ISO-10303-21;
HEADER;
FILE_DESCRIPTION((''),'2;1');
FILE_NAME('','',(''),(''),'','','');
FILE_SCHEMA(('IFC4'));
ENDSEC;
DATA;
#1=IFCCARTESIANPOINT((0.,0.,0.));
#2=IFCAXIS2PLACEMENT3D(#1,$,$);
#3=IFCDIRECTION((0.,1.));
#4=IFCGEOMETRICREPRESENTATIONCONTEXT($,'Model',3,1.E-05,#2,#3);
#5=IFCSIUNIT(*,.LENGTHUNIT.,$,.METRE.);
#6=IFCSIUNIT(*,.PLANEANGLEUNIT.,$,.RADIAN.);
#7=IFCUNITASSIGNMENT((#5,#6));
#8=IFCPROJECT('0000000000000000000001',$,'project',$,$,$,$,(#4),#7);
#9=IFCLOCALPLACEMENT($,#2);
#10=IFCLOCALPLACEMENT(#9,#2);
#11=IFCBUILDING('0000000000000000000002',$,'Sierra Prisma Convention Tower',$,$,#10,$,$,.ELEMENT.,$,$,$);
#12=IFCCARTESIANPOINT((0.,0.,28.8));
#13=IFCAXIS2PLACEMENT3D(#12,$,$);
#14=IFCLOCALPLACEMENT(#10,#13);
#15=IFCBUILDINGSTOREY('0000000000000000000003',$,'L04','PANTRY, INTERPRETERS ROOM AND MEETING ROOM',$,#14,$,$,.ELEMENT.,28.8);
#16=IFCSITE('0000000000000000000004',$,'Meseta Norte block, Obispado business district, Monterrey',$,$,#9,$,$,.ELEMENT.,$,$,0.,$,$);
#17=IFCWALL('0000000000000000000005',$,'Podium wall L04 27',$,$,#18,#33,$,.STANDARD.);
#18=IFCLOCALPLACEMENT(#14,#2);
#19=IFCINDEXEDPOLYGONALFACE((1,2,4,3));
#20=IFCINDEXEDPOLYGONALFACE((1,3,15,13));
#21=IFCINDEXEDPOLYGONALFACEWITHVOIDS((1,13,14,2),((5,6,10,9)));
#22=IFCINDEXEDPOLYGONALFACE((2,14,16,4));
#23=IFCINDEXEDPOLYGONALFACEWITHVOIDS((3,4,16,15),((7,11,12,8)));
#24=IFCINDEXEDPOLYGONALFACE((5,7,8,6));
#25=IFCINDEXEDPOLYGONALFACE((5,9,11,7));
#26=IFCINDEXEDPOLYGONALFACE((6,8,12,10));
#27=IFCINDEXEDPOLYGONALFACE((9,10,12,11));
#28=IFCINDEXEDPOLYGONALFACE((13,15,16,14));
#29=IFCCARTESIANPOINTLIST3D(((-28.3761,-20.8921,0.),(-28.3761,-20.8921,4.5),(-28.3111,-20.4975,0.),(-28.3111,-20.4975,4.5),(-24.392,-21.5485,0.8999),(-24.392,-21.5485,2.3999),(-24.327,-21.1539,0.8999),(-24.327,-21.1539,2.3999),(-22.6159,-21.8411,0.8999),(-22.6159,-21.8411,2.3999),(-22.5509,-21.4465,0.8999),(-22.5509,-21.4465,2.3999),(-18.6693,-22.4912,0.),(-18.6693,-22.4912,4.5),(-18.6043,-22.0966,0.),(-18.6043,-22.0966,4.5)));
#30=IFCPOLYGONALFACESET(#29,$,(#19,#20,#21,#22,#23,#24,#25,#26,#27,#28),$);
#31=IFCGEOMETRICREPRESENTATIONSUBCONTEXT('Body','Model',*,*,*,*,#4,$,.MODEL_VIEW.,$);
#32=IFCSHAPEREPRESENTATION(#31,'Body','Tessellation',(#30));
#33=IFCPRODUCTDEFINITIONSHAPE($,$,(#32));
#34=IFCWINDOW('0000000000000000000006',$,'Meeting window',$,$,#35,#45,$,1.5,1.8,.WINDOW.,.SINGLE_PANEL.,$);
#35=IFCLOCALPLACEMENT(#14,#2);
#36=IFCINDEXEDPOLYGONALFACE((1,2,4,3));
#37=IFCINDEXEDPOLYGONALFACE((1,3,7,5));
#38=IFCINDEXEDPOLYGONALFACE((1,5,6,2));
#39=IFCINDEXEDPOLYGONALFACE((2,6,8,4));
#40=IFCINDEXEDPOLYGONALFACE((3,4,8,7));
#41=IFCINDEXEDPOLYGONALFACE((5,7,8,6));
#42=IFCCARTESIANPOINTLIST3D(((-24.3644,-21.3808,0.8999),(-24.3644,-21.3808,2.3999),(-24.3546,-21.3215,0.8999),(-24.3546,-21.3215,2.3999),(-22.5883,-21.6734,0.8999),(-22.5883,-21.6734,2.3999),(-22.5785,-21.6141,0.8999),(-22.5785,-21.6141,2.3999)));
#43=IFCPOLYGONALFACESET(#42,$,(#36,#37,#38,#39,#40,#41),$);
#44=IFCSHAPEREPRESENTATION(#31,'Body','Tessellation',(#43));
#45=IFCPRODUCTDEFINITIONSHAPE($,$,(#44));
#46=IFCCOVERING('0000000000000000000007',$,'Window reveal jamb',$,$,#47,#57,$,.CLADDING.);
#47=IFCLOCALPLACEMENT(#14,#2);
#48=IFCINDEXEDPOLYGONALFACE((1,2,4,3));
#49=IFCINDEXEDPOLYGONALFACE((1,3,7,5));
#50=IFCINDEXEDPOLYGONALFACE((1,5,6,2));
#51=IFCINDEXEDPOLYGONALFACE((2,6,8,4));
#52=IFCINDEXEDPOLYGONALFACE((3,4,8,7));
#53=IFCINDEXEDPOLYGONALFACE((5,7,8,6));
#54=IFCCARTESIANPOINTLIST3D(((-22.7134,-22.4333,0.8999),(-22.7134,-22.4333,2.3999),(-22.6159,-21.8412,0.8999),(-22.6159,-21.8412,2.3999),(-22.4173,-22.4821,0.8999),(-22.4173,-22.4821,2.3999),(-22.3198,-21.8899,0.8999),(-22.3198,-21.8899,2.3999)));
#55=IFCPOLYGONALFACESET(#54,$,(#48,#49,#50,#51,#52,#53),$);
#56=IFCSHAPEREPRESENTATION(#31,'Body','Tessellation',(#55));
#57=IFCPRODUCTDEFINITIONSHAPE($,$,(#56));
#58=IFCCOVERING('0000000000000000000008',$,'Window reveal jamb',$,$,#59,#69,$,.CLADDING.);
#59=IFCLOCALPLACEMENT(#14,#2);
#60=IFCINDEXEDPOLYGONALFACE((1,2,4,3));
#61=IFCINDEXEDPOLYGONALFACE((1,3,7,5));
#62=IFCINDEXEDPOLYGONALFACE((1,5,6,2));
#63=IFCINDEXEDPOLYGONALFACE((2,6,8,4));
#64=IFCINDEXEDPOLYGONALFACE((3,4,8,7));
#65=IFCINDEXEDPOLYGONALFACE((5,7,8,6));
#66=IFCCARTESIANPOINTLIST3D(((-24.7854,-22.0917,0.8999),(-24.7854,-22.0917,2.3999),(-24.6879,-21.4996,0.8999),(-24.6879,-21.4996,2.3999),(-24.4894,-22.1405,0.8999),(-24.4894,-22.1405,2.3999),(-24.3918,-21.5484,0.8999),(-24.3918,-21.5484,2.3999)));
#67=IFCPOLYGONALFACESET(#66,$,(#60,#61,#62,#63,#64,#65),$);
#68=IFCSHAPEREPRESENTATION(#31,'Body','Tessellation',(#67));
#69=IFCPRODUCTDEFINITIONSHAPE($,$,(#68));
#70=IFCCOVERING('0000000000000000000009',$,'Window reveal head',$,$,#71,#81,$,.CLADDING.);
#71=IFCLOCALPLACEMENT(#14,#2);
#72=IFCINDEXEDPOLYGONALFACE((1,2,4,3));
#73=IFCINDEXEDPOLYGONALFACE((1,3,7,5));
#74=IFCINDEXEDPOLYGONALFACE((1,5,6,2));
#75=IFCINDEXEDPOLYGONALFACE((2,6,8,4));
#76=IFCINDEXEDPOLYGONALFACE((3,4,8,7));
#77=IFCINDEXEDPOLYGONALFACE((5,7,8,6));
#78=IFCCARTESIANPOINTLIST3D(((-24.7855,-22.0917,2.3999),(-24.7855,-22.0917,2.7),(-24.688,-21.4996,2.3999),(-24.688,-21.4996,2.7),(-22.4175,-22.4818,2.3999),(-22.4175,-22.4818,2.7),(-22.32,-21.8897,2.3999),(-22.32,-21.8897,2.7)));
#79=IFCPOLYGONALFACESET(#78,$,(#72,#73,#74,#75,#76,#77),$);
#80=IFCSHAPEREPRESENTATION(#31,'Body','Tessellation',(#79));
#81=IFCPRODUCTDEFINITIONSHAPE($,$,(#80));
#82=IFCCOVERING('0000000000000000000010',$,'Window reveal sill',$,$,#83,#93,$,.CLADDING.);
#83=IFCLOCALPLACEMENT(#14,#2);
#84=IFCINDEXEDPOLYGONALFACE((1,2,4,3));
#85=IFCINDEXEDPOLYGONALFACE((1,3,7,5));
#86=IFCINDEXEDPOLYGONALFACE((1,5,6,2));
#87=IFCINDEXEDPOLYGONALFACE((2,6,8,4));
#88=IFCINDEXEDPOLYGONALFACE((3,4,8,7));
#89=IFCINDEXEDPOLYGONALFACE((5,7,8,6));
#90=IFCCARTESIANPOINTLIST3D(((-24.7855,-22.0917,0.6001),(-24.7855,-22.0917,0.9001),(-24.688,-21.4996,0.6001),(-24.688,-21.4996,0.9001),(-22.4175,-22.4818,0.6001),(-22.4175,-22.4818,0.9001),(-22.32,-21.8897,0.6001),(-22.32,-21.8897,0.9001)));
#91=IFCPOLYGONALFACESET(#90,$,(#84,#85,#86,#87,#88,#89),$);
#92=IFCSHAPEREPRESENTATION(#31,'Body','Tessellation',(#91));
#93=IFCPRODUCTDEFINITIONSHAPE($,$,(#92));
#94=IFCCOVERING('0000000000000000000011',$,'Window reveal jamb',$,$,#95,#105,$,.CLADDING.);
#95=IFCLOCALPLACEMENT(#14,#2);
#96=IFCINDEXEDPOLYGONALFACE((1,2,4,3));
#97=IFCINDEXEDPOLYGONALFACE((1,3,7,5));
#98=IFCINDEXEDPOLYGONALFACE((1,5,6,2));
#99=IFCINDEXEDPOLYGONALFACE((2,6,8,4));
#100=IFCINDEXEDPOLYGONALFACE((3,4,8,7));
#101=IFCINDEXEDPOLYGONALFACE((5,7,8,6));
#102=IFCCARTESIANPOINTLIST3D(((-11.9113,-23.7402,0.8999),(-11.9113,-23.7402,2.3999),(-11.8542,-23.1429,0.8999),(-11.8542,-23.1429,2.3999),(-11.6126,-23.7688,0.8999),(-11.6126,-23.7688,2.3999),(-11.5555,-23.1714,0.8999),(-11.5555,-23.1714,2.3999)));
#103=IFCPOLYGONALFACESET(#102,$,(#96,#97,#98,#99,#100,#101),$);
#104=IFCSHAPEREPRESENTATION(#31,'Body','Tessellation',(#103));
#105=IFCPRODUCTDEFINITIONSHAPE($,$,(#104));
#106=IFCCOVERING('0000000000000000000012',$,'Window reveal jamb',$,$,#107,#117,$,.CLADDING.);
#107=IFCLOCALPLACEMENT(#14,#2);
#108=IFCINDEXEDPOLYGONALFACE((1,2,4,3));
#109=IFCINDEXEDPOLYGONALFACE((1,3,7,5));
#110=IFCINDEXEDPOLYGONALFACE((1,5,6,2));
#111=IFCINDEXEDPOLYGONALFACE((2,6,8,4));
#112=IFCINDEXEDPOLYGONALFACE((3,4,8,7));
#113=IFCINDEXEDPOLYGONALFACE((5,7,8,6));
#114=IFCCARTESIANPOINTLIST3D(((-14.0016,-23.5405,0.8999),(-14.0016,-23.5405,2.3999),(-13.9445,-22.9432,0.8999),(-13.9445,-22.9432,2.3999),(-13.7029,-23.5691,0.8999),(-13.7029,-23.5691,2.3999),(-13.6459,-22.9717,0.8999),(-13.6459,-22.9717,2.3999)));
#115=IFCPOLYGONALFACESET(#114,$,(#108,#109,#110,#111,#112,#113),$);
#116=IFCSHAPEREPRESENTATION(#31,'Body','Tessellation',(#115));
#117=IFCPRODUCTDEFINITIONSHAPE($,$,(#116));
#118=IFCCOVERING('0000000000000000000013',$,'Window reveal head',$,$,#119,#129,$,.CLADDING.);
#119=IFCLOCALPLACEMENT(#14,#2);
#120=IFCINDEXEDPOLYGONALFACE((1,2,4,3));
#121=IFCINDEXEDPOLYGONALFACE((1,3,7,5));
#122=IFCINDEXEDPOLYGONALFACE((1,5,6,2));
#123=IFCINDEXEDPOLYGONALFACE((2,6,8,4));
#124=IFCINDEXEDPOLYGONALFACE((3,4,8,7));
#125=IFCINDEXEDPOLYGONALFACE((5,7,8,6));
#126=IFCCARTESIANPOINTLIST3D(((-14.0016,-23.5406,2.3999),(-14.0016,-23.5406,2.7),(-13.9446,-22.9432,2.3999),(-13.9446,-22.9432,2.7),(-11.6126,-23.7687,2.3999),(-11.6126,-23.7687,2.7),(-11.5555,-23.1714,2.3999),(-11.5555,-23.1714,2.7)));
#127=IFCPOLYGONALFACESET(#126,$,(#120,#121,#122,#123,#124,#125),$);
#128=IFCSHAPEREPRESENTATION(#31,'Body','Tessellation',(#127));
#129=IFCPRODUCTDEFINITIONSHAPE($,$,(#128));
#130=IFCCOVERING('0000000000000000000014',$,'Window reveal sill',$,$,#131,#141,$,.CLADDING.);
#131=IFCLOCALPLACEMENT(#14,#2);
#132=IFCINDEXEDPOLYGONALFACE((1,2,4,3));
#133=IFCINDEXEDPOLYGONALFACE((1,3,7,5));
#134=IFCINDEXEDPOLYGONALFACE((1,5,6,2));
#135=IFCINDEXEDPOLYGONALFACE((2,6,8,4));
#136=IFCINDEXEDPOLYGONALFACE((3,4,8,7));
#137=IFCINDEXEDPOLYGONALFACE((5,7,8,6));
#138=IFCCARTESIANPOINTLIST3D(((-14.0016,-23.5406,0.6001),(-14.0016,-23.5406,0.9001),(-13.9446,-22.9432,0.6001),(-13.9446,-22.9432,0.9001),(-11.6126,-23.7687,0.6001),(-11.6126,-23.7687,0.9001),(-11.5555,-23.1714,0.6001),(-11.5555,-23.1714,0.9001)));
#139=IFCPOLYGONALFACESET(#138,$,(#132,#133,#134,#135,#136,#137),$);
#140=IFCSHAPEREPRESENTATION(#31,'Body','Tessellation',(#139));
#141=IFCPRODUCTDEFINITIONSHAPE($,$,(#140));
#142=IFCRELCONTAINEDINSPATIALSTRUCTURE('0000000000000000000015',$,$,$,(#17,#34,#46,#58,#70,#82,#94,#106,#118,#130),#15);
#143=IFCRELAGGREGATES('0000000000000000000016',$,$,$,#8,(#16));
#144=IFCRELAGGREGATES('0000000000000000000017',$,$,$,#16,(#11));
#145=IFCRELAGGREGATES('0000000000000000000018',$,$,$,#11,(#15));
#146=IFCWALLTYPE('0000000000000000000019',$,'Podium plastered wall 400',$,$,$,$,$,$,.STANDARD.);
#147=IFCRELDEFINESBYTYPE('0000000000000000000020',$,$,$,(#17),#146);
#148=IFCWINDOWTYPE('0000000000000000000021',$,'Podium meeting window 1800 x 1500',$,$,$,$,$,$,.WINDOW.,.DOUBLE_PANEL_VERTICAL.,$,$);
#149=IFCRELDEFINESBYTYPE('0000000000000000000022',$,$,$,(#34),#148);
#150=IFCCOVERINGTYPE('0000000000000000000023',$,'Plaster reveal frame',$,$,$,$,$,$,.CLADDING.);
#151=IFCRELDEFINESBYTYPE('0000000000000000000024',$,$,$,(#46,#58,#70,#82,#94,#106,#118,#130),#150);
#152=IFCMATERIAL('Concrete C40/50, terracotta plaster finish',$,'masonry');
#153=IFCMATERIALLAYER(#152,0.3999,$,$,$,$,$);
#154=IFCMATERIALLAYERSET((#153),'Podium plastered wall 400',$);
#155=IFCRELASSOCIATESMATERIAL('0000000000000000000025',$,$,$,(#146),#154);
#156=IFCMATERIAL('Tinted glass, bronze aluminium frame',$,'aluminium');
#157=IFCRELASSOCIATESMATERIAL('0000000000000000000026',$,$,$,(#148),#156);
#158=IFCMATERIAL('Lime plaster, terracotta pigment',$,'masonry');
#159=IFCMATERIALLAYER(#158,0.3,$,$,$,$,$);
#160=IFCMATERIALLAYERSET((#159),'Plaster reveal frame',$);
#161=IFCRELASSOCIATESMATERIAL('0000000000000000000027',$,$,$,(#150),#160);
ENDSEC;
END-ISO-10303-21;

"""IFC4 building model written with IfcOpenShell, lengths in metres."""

from ifc_helpers import new_model, si_unit, direction, frame, frame_2d, origin, origin_2d, place, context, subcontext, project, spatial, rectangle, extrude, material, layer, layer_set, type_object, element, fill, save


model = new_model("IFC4")

# Units and contexts
model_context = context("Model", 3, precision=1e-05, world=origin(), true_north=direction((0.0, 1.0)))
body_context = subcontext(model_context, "Body", "Model", "MODEL_VIEW")
ifc_project = project(units=[si_unit("LENGTHUNIT", "METRE"), si_unit("PLANEANGLEUNIT", "RADIAN")], contexts=[model_context])

# Site, building, storey
site_placement = place(None, origin())
site = spatial("IfcSite", under=ifc_project, at=site_placement, Name="Meseta Norte block, Obispado business district, Monterrey", CompositionType="ELEMENT", RefElevation=0.0)
building_placement = place(site_placement, origin())
building = spatial("IfcBuilding", under=site, at=building_placement, Name="Sierra Prisma Convention Tower", CompositionType="ELEMENT")
storey_placement = place(building_placement, frame((0.0, 0.0, 28.8)))
storey = spatial("IfcBuildingStorey", under=building, at=storey_placement, Name="L04", Description="PANTRY, INTERPRETERS ROOM AND MEETING ROOM", CompositionType="ELEMENT", Elevation=28.8)

# Wall, opening, window
ifc_material_1 = material(Name="Concrete C40/50, terracotta plaster finish", Category="masonry")
ifc_layer_1 = layer(ifc_material_1, 0.3999)
ifc_layer_set_1 = layer_set([ifc_layer_1], Name="Podium plastered wall 400")
wall_type_1 = type_object("IfcWallType", Name="Podium plastered wall 400", PredefinedType="STANDARD", material=ifc_layer_set_1)
wall_1_placement = place(storey_placement, frame((-18.6367, -22.2939, 0.0), z_axis=(0.0, 0.0, 1.0), x_axis=(-0.9867, 0.162552, 0.0)))
wall_1 = element("IfcWall", 1, at=wall_1_placement, inside=storey, type_object=wall_type_1, Name="Podium wall L04 27", PredefinedType="STANDARD", context=body_context, shape_type="SweptSolid", body=[
    extrude(rectangle(XDim=9.8376, YDim=0.3999, at=frame_2d((4.9189, 0.0))), origin(), (0.0, 0.0, 1.0), 4.5),
])
opening_1_placement = place(wall_1_placement, frame((4.0, 0.0, 0.8999)))
opening_1 = element("IfcOpeningElement", 2, at=opening_1_placement, cuts=wall_1, PredefinedType="OPENING", context=body_context, shape_type="SweptSolid", body=[
    extrude(rectangle(XDim=1.8, YDim=1.5, at=frame_2d((0.8999, 0.75))), frame((0.0, 0.2, 0.0), z_axis=(0.0, -1.0, 0.0), x_axis=(1.0, 0.0, 0.0)), (0.0, 0.0, 1.0), 0.3999),
])
ifc_material_2 = material(Name="Tinted glass, bronze aluminium frame", Category="aluminium")
window_type = type_object("IfcWindowType", Name="Podium meeting window 1800 x 1500", PartitioningType="DOUBLE_PANEL_VERTICAL", PredefinedType="WINDOW", material=ifc_material_2)
window_placement = place(opening_1_placement, origin())
window = element("IfcWindow", 3, at=window_placement, inside=storey, type_object=window_type, Name="Meeting window", OverallHeight=1.5, OverallWidth=1.8, PartitioningType="SINGLE_PANEL", PredefinedType="WINDOW", context=body_context, shape_type="SweptSolid", body=[
    extrude(rectangle(XDim=1.8, YDim=1.5, at=frame_2d((0.8999, 0.75))), frame((0.0, 0.03, 0.0), z_axis=(0.0, -1.0, 0.0), x_axis=(1.0, 0.0, 0.0)), (0.0, 0.0, 1.0), 0.0601),
])
fill(opening_1, window)

# Coverings
ifc_material_3 = material(Name="Lime plaster, terracotta pigment", Category="masonry")
ifc_layer_2 = layer(ifc_material_3, 0.3)
ifc_layer_set_2 = layer_set([ifc_layer_2], Name="Plaster reveal frame")
covering_type = type_object("IfcCoveringType", Name="Plaster reveal frame", PredefinedType="CLADDING", material=ifc_layer_set_2)
for number, where, z_axis, x_axis, name in (
    (4, (-22.5166, -22.1616, 0.8999), (0.0, 0.0, 1.0), (-0.986702, 0.162541, 0.0), "Window reveal jamb"),
    (5, (-24.5886, -21.8201, 0.8999), (0.0, 0.0, 1.0), (-0.986702, 0.162541, 0.0), "Window reveal jamb"),
):
    element("IfcCovering", number, at=place(storey_placement, frame(where, z_axis=z_axis, x_axis=x_axis)), inside=storey, type_object=covering_type, Name=name, PredefinedType="CLADDING", context=body_context, shape_type="SweptSolid", body=[
        extrude(rectangle(XDim=0.3, YDim=0.6001, at=origin_2d()), origin(), (0.0, 0.0, 1.0), 1.5),
    ])
for number, where, z_axis, x_axis, name in (
    (6, (-23.5527, -21.9907, 2.3999), (0.0, 0.0, 1.0), (-0.986702, 0.162541, 0.0), "Window reveal head"),
    (7, (-23.5527, -21.9907, 0.6001), (0.0, 0.0, 1.0), (-0.986702, 0.162541, 0.0), "Window reveal sill"),
):
    element("IfcCovering", number, at=place(storey_placement, frame(where, z_axis=z_axis, x_axis=x_axis)), inside=storey, type_object=covering_type, Name=name, PredefinedType="CLADDING", context=body_context, shape_type="SweptSolid", body=[
        extrude(rectangle(XDim=2.3999, YDim=0.6001, at=origin_2d()), origin(), (0.0, 0.0, 1.0), 0.3),
    ])
for number, where, z_axis, x_axis, name in (
    (8, (-11.7334, -23.4558, 0.8999), (0.0, 0.0, 1.0), (-0.99547, 0.095074, 0.0), "Window reveal jamb"),
    (9, (-13.8237, -23.2561, 0.8999), (0.0, 0.0, 1.0), (-0.99547, 0.095074, 0.0), "Window reveal jamb"),
):
    element("IfcCovering", number, at=place(storey_placement, frame(where, z_axis=z_axis, x_axis=x_axis)), inside=storey, type_object=covering_type, Name=name, PredefinedType="CLADDING", context=body_context, shape_type="SweptSolid", body=[
        extrude(rectangle(XDim=0.3, YDim=0.6001, at=origin_2d()), origin(), (0.0, 0.0, 1.0), 1.5),
    ])
for number, where, z_axis, x_axis, name in (
    (10, (-12.7786, -23.356, 2.3999), (0.0, 0.0, 1.0), (-0.99547, 0.095074, 0.0), "Window reveal head"),
    (11, (-12.7786, -23.356, 0.6001), (0.0, 0.0, 1.0), (-0.99547, 0.095074, 0.0), "Window reveal sill"),
):
    element("IfcCovering", number, at=place(storey_placement, frame(where, z_axis=z_axis, x_axis=x_axis)), inside=storey, type_object=covering_type, Name=name, PredefinedType="CLADDING", context=body_context, shape_type="SweptSolid", body=[
        extrude(rectangle(XDim=2.3999, YDim=0.6001, at=origin_2d()), origin(), (0.0, 0.0, 1.0), 0.3),
    ])

save(model, "model.ifc")
